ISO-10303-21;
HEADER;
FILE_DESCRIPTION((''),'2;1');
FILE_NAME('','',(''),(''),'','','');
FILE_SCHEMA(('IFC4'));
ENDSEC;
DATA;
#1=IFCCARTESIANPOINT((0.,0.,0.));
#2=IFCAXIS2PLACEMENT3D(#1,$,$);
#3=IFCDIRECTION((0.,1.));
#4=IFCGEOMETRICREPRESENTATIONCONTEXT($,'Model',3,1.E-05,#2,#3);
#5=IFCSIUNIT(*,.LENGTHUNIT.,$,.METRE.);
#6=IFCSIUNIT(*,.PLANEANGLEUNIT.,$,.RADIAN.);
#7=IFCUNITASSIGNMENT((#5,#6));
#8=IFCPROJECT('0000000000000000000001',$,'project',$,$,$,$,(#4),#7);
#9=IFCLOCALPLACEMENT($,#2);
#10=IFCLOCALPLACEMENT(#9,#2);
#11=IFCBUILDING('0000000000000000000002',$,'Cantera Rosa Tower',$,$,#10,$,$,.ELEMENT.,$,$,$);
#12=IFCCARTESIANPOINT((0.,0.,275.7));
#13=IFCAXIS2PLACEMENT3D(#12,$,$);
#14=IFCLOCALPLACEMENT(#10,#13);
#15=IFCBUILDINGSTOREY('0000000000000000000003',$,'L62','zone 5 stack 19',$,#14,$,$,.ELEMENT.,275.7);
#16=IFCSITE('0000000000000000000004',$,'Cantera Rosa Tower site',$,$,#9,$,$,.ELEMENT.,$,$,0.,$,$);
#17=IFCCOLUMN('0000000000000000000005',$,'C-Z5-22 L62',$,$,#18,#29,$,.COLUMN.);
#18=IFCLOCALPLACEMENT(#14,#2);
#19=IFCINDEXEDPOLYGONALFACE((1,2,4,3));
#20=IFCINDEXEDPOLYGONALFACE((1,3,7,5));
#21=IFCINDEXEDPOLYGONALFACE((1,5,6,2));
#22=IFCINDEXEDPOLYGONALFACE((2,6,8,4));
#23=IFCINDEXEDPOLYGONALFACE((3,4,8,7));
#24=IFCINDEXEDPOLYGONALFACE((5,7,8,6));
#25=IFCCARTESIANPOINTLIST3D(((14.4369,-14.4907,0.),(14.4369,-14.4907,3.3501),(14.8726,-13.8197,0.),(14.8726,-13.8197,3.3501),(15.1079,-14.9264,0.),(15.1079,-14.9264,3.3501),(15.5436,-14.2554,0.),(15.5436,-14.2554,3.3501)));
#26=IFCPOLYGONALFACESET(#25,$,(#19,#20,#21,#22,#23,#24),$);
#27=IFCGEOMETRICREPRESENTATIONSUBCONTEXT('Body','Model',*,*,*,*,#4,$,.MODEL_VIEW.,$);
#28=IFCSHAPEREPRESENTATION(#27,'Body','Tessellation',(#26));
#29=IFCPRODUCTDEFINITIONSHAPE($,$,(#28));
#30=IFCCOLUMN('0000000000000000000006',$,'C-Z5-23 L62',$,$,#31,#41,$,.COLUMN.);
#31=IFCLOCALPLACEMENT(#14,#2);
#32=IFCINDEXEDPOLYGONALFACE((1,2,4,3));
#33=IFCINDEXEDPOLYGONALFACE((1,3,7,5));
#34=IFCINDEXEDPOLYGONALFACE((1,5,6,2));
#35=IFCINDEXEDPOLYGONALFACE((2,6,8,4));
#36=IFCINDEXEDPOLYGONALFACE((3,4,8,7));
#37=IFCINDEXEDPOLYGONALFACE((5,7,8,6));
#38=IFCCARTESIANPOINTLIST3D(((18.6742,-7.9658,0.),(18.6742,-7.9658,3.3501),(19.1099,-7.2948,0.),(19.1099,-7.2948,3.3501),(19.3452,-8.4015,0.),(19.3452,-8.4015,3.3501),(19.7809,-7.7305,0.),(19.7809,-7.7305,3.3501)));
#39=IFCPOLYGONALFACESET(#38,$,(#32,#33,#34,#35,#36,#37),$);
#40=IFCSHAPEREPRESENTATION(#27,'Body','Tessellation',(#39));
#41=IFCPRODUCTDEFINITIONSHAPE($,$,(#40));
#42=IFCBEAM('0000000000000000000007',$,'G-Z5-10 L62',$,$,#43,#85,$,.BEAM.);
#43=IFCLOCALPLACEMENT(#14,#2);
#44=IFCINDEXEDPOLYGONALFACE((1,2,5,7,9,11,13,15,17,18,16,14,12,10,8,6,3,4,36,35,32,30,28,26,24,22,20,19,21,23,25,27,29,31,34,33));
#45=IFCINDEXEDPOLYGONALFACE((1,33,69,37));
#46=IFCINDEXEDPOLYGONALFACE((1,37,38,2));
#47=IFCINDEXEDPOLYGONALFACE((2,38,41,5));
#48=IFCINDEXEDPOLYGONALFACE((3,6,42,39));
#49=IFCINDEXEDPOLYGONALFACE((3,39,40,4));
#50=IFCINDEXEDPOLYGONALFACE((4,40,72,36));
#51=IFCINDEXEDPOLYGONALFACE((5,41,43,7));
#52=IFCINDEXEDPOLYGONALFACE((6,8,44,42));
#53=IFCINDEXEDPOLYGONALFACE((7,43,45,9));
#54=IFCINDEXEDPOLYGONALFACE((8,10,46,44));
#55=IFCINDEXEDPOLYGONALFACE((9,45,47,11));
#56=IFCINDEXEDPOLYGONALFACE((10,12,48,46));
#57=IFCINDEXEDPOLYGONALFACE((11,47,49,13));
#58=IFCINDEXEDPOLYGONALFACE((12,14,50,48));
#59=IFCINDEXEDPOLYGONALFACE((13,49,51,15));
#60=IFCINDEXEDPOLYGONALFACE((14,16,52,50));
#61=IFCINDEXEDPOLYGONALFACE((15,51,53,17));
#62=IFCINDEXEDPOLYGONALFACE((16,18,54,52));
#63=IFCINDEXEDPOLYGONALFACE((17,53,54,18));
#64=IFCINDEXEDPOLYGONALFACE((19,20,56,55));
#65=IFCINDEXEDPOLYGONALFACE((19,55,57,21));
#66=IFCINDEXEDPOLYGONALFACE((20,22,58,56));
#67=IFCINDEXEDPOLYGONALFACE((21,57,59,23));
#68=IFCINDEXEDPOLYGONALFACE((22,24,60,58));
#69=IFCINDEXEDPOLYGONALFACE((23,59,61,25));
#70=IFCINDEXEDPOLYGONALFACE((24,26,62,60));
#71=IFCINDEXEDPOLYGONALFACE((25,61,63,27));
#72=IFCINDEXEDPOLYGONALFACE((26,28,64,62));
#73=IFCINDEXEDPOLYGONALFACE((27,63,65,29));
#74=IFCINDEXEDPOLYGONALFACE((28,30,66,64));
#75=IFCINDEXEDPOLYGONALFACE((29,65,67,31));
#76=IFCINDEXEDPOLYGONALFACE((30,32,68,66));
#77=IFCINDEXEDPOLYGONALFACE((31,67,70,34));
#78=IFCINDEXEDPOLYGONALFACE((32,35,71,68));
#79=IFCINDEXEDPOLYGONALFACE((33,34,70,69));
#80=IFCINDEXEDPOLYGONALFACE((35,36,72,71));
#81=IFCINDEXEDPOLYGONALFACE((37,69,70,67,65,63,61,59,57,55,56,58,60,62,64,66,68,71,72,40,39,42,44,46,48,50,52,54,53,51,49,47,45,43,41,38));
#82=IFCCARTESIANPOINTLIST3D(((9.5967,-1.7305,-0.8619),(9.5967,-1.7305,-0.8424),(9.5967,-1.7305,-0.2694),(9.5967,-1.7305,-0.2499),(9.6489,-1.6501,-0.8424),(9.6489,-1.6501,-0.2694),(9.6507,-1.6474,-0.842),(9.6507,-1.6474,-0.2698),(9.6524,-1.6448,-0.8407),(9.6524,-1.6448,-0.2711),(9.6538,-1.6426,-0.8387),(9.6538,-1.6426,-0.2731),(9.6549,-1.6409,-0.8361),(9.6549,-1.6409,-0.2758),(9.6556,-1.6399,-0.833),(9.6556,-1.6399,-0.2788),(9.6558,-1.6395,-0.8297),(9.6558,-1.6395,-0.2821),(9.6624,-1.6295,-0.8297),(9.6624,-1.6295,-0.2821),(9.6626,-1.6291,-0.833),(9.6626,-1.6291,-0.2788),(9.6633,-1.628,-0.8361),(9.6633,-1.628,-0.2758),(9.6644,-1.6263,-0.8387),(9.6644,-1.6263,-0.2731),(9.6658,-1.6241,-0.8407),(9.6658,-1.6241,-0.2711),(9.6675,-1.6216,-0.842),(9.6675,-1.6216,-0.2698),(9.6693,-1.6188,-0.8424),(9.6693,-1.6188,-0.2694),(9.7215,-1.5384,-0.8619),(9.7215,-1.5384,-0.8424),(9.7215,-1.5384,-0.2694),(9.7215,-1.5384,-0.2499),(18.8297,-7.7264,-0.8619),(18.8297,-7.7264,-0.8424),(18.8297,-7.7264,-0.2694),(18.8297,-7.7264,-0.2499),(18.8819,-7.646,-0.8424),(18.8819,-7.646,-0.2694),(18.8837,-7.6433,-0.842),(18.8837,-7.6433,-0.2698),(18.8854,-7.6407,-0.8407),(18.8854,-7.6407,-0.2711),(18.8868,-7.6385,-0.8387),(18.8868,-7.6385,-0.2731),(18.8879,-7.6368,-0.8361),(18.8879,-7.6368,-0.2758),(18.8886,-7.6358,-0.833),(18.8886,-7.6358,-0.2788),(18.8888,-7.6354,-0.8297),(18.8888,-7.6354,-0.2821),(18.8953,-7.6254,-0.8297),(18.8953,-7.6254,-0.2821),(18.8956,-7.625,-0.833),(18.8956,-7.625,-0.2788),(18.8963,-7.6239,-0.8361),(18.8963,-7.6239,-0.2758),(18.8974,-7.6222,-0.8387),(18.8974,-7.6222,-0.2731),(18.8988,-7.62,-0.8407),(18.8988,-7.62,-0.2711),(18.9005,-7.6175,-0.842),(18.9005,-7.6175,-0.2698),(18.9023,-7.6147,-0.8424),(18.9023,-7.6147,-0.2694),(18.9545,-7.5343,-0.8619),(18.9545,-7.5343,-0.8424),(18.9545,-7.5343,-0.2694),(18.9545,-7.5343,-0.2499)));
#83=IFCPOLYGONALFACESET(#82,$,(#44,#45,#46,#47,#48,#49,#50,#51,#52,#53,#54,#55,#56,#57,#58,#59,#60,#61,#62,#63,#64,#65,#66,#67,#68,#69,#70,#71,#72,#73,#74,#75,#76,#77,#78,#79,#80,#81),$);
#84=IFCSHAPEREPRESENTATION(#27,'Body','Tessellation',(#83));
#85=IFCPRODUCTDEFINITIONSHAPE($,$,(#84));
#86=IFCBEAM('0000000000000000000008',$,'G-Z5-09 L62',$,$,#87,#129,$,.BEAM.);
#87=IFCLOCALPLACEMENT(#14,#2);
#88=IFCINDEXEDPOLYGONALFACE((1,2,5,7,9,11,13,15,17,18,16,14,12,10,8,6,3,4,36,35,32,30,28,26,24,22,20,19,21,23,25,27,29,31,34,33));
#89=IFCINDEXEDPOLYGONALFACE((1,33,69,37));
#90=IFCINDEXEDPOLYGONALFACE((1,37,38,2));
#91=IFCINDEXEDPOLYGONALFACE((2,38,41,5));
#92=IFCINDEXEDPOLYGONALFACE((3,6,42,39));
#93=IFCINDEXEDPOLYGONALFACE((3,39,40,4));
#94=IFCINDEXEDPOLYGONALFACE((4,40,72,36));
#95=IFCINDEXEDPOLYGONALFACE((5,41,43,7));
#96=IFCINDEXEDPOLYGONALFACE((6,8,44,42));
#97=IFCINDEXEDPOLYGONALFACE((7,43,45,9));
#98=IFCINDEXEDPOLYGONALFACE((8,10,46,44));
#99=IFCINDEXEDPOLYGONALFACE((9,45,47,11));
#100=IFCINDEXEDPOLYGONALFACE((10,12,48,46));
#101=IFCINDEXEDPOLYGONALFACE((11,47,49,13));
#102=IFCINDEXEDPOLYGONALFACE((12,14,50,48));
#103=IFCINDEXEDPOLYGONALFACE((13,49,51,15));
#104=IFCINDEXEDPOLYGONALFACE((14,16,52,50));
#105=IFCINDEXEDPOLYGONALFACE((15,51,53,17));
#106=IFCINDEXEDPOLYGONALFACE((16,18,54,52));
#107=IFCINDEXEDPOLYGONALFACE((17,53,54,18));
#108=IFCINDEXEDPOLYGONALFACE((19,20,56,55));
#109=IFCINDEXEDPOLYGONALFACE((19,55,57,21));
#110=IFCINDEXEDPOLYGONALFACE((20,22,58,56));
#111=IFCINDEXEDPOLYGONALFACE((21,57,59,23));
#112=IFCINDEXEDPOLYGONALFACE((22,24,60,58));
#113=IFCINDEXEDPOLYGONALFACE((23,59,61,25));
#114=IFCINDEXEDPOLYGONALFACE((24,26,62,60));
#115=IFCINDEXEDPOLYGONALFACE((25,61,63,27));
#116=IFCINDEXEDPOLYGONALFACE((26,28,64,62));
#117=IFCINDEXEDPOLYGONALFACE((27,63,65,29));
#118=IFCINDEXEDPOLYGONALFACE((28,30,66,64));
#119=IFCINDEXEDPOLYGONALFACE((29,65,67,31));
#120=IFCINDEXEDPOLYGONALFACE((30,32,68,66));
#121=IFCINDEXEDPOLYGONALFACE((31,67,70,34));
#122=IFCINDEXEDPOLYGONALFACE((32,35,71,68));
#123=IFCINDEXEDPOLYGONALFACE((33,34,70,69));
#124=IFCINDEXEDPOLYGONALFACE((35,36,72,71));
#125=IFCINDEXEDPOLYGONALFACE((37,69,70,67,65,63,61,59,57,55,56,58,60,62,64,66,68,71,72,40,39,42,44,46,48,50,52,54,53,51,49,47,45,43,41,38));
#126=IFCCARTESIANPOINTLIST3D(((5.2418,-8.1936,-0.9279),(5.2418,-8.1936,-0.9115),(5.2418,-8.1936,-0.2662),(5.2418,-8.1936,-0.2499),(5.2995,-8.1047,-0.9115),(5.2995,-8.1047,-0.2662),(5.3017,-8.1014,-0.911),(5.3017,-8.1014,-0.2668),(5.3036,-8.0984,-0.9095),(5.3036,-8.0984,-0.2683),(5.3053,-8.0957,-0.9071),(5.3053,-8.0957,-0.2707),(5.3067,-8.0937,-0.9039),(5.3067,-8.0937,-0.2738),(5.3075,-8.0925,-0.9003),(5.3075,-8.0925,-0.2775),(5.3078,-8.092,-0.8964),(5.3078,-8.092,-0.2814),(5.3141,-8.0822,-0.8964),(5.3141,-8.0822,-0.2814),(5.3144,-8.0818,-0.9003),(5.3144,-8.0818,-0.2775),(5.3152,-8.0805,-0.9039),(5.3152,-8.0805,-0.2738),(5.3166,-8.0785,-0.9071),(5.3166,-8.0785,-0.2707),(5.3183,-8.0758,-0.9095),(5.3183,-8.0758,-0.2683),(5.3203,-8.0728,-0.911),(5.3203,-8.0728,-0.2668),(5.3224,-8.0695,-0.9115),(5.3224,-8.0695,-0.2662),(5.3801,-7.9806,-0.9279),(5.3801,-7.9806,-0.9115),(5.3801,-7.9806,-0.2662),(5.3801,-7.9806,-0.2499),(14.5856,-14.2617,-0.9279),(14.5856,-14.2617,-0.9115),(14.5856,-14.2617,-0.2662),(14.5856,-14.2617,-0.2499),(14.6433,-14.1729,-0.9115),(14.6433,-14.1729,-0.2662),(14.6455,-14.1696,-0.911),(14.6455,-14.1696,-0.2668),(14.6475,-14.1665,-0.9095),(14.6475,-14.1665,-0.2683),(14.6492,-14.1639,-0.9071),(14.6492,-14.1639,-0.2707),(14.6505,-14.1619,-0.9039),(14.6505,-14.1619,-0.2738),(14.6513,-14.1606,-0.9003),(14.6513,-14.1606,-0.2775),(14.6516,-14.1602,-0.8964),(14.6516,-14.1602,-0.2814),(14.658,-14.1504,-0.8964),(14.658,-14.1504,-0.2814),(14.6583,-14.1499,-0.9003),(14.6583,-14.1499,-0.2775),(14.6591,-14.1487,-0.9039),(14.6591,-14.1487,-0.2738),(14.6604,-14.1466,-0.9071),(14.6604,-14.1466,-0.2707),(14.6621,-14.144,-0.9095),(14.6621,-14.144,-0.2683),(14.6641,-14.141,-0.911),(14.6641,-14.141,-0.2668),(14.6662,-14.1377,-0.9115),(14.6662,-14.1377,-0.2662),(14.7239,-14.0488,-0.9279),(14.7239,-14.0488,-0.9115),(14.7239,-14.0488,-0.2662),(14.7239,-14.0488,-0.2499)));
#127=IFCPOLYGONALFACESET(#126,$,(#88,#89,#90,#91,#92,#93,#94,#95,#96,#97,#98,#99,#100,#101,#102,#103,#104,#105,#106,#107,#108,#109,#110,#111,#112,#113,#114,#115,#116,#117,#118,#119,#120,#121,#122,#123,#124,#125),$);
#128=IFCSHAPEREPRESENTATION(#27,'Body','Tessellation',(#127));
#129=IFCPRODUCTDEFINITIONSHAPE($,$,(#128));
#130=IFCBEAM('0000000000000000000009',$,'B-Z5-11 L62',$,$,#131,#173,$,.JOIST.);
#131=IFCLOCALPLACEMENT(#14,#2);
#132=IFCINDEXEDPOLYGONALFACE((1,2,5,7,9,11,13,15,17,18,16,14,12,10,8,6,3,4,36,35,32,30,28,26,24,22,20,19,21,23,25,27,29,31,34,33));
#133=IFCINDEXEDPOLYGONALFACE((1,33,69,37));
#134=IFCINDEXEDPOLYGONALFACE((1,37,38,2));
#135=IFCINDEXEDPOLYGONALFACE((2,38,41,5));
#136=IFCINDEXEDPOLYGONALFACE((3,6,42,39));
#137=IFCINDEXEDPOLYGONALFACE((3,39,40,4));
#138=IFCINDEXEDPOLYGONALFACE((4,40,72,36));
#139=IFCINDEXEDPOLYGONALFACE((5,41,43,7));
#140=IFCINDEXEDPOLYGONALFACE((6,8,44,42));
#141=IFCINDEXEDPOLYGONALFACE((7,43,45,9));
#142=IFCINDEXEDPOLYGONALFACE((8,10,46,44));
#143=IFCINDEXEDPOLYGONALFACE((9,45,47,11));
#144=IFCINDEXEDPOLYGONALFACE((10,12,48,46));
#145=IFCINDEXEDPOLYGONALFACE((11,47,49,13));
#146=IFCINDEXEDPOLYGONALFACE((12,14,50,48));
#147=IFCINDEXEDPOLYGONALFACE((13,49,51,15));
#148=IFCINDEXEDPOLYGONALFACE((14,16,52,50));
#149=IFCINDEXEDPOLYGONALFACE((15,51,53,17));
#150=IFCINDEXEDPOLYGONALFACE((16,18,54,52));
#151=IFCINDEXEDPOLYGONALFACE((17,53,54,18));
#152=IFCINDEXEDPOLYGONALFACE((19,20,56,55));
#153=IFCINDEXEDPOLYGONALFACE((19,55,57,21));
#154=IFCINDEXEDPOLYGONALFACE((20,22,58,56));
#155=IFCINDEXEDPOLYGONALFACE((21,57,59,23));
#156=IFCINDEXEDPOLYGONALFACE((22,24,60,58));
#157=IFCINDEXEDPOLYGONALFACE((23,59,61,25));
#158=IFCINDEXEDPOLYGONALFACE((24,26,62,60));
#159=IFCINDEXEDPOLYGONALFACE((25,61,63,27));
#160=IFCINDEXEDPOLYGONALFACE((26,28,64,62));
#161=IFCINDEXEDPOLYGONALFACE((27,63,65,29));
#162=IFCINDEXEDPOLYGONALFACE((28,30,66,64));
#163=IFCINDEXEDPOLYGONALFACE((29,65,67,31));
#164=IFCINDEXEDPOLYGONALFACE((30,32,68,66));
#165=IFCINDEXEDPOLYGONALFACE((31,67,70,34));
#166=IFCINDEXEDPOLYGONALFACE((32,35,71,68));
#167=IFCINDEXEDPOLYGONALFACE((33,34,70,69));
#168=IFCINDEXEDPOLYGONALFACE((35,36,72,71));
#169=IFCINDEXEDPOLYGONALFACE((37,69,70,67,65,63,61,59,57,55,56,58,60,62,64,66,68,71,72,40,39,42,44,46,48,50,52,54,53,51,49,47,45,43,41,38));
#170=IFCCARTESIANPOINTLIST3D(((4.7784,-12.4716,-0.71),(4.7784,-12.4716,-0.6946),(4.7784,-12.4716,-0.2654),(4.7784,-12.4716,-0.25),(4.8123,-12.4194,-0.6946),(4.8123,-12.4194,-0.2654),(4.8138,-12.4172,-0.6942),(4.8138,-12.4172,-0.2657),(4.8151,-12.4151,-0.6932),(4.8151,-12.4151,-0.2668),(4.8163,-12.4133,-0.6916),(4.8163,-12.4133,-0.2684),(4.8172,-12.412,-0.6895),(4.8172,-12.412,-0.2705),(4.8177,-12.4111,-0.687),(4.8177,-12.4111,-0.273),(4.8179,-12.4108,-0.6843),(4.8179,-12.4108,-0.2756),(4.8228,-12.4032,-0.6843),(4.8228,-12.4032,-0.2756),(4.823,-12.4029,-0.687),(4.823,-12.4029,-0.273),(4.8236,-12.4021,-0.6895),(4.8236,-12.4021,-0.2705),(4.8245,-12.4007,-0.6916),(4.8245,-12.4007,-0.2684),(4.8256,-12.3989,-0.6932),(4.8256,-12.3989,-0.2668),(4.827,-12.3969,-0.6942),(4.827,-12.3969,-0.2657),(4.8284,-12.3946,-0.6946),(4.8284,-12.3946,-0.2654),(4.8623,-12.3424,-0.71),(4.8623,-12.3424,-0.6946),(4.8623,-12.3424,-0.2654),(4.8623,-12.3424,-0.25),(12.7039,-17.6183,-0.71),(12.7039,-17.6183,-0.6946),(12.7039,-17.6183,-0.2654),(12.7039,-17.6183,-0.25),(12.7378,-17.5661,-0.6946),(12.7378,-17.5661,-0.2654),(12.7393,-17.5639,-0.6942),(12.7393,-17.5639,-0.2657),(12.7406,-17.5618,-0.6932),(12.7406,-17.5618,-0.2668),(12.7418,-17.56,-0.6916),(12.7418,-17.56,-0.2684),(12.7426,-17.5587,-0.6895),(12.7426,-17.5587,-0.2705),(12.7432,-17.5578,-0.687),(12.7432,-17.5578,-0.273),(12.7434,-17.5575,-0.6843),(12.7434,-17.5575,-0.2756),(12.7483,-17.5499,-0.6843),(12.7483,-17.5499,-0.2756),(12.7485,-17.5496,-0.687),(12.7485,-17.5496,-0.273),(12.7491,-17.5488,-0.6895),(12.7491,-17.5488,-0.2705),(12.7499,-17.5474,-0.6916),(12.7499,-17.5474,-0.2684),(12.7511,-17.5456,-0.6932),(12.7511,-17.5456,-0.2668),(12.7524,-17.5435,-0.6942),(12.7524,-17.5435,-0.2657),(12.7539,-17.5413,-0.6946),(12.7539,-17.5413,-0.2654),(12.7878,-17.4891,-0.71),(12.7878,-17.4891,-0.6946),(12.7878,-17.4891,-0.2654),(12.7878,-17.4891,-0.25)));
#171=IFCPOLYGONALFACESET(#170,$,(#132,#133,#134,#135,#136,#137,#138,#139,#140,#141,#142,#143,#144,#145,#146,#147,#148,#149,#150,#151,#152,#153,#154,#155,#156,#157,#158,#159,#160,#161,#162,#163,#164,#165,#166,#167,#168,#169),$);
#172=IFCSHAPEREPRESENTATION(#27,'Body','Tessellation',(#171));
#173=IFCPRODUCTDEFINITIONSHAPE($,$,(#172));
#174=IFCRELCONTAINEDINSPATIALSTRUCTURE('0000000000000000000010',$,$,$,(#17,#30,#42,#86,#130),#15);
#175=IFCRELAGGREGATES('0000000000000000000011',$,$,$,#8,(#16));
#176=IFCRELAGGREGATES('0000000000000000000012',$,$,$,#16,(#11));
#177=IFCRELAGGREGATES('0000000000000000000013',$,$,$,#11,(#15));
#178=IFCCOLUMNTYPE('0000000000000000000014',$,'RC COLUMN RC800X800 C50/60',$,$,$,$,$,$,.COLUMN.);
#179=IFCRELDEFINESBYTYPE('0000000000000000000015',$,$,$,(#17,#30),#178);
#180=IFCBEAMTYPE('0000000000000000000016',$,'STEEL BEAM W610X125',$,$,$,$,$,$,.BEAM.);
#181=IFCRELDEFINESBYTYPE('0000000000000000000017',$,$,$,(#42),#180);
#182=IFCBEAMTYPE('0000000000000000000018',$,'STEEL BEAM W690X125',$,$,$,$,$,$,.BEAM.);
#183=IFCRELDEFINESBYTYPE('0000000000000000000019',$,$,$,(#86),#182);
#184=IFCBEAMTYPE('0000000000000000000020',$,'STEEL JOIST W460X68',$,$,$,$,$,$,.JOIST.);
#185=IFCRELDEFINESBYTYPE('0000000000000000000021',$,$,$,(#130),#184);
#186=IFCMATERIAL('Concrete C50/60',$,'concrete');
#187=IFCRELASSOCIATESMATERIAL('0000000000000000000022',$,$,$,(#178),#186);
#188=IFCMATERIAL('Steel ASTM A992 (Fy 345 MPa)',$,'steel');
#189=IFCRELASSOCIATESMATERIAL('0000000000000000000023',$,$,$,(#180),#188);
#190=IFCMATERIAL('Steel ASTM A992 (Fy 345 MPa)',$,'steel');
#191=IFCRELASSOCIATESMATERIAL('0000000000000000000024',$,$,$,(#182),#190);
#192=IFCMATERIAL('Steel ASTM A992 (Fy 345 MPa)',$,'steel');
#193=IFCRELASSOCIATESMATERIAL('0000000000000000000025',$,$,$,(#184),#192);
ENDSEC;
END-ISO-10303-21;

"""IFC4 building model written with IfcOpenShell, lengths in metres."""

from ifc_helpers import new_model, si_unit, direction, frame, origin, origin_2d, place, context, subcontext, project, spatial, rectangle, i_section, extrude, material, material_profile, profile_set, type_object, element, save


model = new_model("IFC4")

# Units and contexts
model_context = context("Model", 3, precision=1e-05, world=origin(), true_north=direction((0.0, 1.0)))
body_context = subcontext(model_context, "Body", "Model", "MODEL_VIEW")
ifc_project = project(units=[si_unit("LENGTHUNIT", "METRE"), si_unit("PLANEANGLEUNIT", "RADIAN")], contexts=[model_context])

# Site, building, storey
site_placement = place(None, origin())
site = spatial("IfcSite", under=ifc_project, at=site_placement, Name="Cantera Rosa Tower site", CompositionType="ELEMENT", RefElevation=0.0)
building_placement = place(site_placement, origin())
building = spatial("IfcBuilding", under=site, at=building_placement, Name="Cantera Rosa Tower", CompositionType="ELEMENT")
storey_placement = place(building_placement, frame((0.0, 0.0, 275.7)))
storey = spatial("IfcBuildingStorey", under=building, at=storey_placement, Name="L62", Description="zone 5 stack 19", CompositionType="ELEMENT", Elevation=275.7)

# Columns
ifc_material_1 = material(Name="Concrete C50/60", Category="concrete")
ifc_material_profile_1 = material_profile(ifc_material_1, rectangle(XDim=0.8, YDim=0.8, at=origin_2d()), Name="RC COLUMN RC800X800 C50/60")
ifc_profile_set_1 = profile_set([ifc_material_profile_1], Name="Concrete C50/60")
column_type = type_object("IfcColumnType", Name="RC COLUMN RC800X800 C50/60", PredefinedType="COLUMN", material=ifc_profile_set_1)
for number, where, z_axis, x_axis, name in (
    (1, (14.9902, -14.373, 0.0), (0.0, 0.0, 1.0), (0.544639, 0.838671, 0.0), "C-Z5-22 L62"),
    (2, (19.2275, -7.8481, 0.0), (0.0, 0.0, 1.0), (0.544639, 0.838671, 0.0), "C-Z5-23 L62"),
):
    element("IfcColumn", number, at=place(storey_placement, frame(where, z_axis=z_axis, x_axis=x_axis)), inside=storey, type_object=column_type, Name=name, PredefinedType="COLUMN", context=body_context, shape_type="SweptSolid", body=[
        extrude(rectangle(XDim=0.8, YDim=0.8, at=origin_2d()), origin(), (0.0, 0.0, 1.0), 3.3501),
    ])

# Beams
ifc_material_2 = material(Name="Steel ASTM A992 (Fy 345 MPa)", Category="steel")
ifc_material_profile_2 = material_profile(ifc_material_2, i_section(OverallWidth=0.229, OverallDepth=0.6121, WebThickness=0.012, FlangeThickness=0.0195, FilletRadius=0.0127, at=origin_2d()), Name="W610X125")
ifc_profile_set_2 = profile_set([ifc_material_profile_2], Name="Steel ASTM A992 (Fy 345 MPa)")
beam_type_1 = type_object("IfcBeamType", Name="STEEL BEAM W610X125", PredefinedType="BEAM", material=ifc_profile_set_2)
beam_1_placement = place(storey_placement, frame((18.8921, -7.6304, -0.5559), z_axis=(-0.838674, 0.544634, 0.0), x_axis=(-0.544634, -0.838674, 0.0)))
element("IfcBeam", 3, at=beam_1_placement, inside=storey, type_object=beam_type_1, Name="G-Z5-10 L62", PredefinedType="BEAM", context=body_context, shape_type="SweptSolid", body=[
    extrude(i_section(OverallWidth=0.229, OverallDepth=0.6121, WebThickness=0.012, FlangeThickness=0.0195, FilletRadius=0.0127, at=origin_2d()), origin(), (0.0, 0.0, 1.0), 11.009),
])
ifc_material_3 = material(Name="Steel ASTM A992 (Fy 345 MPa)", Category="steel")
ifc_material_profile_3 = material_profile(ifc_material_3, i_section(OverallWidth=0.2539, OverallDepth=0.678, WebThickness=0.0117, FlangeThickness=0.0164, FilletRadius=0.0151, at=origin_2d()), Name="W690X125")
ifc_profile_set_3 = profile_set([ifc_material_profile_3], Name="Steel ASTM A992 (Fy 345 MPa)")
beam_type_2 = type_object("IfcBeamType", Name="STEEL BEAM W690X125", PredefinedType="BEAM", material=ifc_profile_set_3)
beam_2_placement = place(storey_placement, frame((14.6548, -14.1553, -0.5889), z_axis=(-0.838662, 0.544652, 0.0), x_axis=(-0.544652, -0.838662, 0.0)))
element("IfcBeam", 4, at=beam_2_placement, inside=storey, type_object=beam_type_2, Name="G-Z5-09 L62", PredefinedType="BEAM", context=body_context, shape_type="SweptSolid", body=[
    extrude(i_section(OverallWidth=0.2539, OverallDepth=0.678, WebThickness=0.0117, FlangeThickness=0.0164, FilletRadius=0.0151, at=origin_2d()), origin(), (0.0, 0.0, 1.0), 11.1414),
])
ifc_material_4 = material(Name="Steel ASTM A992 (Fy 345 MPa)", Category="steel")
ifc_material_profile_4 = material_profile(ifc_material_4, i_section(OverallWidth=0.1541, OverallDepth=0.46, WebThickness=0.009, FlangeThickness=0.0154, FilletRadius=0.0103, at=origin_2d()), Name="W460X68")
ifc_profile_set_4 = profile_set([ifc_material_profile_4], Name="Steel ASTM A992 (Fy 345 MPa)")
beam_type_3 = type_object("IfcBeamType", Name="STEEL JOIST W460X68", PredefinedType="JOIST", material=ifc_profile_set_4)
beam_3_placement = place(storey_placement, frame((12.7458, -17.5537, -0.48), z_axis=(-0.838679, 0.544626, 0.0), x_axis=(-0.544626, -0.838679, 0.0)))
element("IfcBeam", 5, at=beam_3_placement, inside=storey, type_object=beam_type_3, Name="B-Z5-11 L62", PredefinedType="JOIST", context=body_context, shape_type="SweptSolid", body=[
    extrude(i_section(OverallWidth=0.1541, OverallDepth=0.46, WebThickness=0.009, FlangeThickness=0.0154, FilletRadius=0.0103, at=origin_2d()), origin(), (0.0, 0.0, 1.0), 9.45),
])

save(model, "model.ifc")
